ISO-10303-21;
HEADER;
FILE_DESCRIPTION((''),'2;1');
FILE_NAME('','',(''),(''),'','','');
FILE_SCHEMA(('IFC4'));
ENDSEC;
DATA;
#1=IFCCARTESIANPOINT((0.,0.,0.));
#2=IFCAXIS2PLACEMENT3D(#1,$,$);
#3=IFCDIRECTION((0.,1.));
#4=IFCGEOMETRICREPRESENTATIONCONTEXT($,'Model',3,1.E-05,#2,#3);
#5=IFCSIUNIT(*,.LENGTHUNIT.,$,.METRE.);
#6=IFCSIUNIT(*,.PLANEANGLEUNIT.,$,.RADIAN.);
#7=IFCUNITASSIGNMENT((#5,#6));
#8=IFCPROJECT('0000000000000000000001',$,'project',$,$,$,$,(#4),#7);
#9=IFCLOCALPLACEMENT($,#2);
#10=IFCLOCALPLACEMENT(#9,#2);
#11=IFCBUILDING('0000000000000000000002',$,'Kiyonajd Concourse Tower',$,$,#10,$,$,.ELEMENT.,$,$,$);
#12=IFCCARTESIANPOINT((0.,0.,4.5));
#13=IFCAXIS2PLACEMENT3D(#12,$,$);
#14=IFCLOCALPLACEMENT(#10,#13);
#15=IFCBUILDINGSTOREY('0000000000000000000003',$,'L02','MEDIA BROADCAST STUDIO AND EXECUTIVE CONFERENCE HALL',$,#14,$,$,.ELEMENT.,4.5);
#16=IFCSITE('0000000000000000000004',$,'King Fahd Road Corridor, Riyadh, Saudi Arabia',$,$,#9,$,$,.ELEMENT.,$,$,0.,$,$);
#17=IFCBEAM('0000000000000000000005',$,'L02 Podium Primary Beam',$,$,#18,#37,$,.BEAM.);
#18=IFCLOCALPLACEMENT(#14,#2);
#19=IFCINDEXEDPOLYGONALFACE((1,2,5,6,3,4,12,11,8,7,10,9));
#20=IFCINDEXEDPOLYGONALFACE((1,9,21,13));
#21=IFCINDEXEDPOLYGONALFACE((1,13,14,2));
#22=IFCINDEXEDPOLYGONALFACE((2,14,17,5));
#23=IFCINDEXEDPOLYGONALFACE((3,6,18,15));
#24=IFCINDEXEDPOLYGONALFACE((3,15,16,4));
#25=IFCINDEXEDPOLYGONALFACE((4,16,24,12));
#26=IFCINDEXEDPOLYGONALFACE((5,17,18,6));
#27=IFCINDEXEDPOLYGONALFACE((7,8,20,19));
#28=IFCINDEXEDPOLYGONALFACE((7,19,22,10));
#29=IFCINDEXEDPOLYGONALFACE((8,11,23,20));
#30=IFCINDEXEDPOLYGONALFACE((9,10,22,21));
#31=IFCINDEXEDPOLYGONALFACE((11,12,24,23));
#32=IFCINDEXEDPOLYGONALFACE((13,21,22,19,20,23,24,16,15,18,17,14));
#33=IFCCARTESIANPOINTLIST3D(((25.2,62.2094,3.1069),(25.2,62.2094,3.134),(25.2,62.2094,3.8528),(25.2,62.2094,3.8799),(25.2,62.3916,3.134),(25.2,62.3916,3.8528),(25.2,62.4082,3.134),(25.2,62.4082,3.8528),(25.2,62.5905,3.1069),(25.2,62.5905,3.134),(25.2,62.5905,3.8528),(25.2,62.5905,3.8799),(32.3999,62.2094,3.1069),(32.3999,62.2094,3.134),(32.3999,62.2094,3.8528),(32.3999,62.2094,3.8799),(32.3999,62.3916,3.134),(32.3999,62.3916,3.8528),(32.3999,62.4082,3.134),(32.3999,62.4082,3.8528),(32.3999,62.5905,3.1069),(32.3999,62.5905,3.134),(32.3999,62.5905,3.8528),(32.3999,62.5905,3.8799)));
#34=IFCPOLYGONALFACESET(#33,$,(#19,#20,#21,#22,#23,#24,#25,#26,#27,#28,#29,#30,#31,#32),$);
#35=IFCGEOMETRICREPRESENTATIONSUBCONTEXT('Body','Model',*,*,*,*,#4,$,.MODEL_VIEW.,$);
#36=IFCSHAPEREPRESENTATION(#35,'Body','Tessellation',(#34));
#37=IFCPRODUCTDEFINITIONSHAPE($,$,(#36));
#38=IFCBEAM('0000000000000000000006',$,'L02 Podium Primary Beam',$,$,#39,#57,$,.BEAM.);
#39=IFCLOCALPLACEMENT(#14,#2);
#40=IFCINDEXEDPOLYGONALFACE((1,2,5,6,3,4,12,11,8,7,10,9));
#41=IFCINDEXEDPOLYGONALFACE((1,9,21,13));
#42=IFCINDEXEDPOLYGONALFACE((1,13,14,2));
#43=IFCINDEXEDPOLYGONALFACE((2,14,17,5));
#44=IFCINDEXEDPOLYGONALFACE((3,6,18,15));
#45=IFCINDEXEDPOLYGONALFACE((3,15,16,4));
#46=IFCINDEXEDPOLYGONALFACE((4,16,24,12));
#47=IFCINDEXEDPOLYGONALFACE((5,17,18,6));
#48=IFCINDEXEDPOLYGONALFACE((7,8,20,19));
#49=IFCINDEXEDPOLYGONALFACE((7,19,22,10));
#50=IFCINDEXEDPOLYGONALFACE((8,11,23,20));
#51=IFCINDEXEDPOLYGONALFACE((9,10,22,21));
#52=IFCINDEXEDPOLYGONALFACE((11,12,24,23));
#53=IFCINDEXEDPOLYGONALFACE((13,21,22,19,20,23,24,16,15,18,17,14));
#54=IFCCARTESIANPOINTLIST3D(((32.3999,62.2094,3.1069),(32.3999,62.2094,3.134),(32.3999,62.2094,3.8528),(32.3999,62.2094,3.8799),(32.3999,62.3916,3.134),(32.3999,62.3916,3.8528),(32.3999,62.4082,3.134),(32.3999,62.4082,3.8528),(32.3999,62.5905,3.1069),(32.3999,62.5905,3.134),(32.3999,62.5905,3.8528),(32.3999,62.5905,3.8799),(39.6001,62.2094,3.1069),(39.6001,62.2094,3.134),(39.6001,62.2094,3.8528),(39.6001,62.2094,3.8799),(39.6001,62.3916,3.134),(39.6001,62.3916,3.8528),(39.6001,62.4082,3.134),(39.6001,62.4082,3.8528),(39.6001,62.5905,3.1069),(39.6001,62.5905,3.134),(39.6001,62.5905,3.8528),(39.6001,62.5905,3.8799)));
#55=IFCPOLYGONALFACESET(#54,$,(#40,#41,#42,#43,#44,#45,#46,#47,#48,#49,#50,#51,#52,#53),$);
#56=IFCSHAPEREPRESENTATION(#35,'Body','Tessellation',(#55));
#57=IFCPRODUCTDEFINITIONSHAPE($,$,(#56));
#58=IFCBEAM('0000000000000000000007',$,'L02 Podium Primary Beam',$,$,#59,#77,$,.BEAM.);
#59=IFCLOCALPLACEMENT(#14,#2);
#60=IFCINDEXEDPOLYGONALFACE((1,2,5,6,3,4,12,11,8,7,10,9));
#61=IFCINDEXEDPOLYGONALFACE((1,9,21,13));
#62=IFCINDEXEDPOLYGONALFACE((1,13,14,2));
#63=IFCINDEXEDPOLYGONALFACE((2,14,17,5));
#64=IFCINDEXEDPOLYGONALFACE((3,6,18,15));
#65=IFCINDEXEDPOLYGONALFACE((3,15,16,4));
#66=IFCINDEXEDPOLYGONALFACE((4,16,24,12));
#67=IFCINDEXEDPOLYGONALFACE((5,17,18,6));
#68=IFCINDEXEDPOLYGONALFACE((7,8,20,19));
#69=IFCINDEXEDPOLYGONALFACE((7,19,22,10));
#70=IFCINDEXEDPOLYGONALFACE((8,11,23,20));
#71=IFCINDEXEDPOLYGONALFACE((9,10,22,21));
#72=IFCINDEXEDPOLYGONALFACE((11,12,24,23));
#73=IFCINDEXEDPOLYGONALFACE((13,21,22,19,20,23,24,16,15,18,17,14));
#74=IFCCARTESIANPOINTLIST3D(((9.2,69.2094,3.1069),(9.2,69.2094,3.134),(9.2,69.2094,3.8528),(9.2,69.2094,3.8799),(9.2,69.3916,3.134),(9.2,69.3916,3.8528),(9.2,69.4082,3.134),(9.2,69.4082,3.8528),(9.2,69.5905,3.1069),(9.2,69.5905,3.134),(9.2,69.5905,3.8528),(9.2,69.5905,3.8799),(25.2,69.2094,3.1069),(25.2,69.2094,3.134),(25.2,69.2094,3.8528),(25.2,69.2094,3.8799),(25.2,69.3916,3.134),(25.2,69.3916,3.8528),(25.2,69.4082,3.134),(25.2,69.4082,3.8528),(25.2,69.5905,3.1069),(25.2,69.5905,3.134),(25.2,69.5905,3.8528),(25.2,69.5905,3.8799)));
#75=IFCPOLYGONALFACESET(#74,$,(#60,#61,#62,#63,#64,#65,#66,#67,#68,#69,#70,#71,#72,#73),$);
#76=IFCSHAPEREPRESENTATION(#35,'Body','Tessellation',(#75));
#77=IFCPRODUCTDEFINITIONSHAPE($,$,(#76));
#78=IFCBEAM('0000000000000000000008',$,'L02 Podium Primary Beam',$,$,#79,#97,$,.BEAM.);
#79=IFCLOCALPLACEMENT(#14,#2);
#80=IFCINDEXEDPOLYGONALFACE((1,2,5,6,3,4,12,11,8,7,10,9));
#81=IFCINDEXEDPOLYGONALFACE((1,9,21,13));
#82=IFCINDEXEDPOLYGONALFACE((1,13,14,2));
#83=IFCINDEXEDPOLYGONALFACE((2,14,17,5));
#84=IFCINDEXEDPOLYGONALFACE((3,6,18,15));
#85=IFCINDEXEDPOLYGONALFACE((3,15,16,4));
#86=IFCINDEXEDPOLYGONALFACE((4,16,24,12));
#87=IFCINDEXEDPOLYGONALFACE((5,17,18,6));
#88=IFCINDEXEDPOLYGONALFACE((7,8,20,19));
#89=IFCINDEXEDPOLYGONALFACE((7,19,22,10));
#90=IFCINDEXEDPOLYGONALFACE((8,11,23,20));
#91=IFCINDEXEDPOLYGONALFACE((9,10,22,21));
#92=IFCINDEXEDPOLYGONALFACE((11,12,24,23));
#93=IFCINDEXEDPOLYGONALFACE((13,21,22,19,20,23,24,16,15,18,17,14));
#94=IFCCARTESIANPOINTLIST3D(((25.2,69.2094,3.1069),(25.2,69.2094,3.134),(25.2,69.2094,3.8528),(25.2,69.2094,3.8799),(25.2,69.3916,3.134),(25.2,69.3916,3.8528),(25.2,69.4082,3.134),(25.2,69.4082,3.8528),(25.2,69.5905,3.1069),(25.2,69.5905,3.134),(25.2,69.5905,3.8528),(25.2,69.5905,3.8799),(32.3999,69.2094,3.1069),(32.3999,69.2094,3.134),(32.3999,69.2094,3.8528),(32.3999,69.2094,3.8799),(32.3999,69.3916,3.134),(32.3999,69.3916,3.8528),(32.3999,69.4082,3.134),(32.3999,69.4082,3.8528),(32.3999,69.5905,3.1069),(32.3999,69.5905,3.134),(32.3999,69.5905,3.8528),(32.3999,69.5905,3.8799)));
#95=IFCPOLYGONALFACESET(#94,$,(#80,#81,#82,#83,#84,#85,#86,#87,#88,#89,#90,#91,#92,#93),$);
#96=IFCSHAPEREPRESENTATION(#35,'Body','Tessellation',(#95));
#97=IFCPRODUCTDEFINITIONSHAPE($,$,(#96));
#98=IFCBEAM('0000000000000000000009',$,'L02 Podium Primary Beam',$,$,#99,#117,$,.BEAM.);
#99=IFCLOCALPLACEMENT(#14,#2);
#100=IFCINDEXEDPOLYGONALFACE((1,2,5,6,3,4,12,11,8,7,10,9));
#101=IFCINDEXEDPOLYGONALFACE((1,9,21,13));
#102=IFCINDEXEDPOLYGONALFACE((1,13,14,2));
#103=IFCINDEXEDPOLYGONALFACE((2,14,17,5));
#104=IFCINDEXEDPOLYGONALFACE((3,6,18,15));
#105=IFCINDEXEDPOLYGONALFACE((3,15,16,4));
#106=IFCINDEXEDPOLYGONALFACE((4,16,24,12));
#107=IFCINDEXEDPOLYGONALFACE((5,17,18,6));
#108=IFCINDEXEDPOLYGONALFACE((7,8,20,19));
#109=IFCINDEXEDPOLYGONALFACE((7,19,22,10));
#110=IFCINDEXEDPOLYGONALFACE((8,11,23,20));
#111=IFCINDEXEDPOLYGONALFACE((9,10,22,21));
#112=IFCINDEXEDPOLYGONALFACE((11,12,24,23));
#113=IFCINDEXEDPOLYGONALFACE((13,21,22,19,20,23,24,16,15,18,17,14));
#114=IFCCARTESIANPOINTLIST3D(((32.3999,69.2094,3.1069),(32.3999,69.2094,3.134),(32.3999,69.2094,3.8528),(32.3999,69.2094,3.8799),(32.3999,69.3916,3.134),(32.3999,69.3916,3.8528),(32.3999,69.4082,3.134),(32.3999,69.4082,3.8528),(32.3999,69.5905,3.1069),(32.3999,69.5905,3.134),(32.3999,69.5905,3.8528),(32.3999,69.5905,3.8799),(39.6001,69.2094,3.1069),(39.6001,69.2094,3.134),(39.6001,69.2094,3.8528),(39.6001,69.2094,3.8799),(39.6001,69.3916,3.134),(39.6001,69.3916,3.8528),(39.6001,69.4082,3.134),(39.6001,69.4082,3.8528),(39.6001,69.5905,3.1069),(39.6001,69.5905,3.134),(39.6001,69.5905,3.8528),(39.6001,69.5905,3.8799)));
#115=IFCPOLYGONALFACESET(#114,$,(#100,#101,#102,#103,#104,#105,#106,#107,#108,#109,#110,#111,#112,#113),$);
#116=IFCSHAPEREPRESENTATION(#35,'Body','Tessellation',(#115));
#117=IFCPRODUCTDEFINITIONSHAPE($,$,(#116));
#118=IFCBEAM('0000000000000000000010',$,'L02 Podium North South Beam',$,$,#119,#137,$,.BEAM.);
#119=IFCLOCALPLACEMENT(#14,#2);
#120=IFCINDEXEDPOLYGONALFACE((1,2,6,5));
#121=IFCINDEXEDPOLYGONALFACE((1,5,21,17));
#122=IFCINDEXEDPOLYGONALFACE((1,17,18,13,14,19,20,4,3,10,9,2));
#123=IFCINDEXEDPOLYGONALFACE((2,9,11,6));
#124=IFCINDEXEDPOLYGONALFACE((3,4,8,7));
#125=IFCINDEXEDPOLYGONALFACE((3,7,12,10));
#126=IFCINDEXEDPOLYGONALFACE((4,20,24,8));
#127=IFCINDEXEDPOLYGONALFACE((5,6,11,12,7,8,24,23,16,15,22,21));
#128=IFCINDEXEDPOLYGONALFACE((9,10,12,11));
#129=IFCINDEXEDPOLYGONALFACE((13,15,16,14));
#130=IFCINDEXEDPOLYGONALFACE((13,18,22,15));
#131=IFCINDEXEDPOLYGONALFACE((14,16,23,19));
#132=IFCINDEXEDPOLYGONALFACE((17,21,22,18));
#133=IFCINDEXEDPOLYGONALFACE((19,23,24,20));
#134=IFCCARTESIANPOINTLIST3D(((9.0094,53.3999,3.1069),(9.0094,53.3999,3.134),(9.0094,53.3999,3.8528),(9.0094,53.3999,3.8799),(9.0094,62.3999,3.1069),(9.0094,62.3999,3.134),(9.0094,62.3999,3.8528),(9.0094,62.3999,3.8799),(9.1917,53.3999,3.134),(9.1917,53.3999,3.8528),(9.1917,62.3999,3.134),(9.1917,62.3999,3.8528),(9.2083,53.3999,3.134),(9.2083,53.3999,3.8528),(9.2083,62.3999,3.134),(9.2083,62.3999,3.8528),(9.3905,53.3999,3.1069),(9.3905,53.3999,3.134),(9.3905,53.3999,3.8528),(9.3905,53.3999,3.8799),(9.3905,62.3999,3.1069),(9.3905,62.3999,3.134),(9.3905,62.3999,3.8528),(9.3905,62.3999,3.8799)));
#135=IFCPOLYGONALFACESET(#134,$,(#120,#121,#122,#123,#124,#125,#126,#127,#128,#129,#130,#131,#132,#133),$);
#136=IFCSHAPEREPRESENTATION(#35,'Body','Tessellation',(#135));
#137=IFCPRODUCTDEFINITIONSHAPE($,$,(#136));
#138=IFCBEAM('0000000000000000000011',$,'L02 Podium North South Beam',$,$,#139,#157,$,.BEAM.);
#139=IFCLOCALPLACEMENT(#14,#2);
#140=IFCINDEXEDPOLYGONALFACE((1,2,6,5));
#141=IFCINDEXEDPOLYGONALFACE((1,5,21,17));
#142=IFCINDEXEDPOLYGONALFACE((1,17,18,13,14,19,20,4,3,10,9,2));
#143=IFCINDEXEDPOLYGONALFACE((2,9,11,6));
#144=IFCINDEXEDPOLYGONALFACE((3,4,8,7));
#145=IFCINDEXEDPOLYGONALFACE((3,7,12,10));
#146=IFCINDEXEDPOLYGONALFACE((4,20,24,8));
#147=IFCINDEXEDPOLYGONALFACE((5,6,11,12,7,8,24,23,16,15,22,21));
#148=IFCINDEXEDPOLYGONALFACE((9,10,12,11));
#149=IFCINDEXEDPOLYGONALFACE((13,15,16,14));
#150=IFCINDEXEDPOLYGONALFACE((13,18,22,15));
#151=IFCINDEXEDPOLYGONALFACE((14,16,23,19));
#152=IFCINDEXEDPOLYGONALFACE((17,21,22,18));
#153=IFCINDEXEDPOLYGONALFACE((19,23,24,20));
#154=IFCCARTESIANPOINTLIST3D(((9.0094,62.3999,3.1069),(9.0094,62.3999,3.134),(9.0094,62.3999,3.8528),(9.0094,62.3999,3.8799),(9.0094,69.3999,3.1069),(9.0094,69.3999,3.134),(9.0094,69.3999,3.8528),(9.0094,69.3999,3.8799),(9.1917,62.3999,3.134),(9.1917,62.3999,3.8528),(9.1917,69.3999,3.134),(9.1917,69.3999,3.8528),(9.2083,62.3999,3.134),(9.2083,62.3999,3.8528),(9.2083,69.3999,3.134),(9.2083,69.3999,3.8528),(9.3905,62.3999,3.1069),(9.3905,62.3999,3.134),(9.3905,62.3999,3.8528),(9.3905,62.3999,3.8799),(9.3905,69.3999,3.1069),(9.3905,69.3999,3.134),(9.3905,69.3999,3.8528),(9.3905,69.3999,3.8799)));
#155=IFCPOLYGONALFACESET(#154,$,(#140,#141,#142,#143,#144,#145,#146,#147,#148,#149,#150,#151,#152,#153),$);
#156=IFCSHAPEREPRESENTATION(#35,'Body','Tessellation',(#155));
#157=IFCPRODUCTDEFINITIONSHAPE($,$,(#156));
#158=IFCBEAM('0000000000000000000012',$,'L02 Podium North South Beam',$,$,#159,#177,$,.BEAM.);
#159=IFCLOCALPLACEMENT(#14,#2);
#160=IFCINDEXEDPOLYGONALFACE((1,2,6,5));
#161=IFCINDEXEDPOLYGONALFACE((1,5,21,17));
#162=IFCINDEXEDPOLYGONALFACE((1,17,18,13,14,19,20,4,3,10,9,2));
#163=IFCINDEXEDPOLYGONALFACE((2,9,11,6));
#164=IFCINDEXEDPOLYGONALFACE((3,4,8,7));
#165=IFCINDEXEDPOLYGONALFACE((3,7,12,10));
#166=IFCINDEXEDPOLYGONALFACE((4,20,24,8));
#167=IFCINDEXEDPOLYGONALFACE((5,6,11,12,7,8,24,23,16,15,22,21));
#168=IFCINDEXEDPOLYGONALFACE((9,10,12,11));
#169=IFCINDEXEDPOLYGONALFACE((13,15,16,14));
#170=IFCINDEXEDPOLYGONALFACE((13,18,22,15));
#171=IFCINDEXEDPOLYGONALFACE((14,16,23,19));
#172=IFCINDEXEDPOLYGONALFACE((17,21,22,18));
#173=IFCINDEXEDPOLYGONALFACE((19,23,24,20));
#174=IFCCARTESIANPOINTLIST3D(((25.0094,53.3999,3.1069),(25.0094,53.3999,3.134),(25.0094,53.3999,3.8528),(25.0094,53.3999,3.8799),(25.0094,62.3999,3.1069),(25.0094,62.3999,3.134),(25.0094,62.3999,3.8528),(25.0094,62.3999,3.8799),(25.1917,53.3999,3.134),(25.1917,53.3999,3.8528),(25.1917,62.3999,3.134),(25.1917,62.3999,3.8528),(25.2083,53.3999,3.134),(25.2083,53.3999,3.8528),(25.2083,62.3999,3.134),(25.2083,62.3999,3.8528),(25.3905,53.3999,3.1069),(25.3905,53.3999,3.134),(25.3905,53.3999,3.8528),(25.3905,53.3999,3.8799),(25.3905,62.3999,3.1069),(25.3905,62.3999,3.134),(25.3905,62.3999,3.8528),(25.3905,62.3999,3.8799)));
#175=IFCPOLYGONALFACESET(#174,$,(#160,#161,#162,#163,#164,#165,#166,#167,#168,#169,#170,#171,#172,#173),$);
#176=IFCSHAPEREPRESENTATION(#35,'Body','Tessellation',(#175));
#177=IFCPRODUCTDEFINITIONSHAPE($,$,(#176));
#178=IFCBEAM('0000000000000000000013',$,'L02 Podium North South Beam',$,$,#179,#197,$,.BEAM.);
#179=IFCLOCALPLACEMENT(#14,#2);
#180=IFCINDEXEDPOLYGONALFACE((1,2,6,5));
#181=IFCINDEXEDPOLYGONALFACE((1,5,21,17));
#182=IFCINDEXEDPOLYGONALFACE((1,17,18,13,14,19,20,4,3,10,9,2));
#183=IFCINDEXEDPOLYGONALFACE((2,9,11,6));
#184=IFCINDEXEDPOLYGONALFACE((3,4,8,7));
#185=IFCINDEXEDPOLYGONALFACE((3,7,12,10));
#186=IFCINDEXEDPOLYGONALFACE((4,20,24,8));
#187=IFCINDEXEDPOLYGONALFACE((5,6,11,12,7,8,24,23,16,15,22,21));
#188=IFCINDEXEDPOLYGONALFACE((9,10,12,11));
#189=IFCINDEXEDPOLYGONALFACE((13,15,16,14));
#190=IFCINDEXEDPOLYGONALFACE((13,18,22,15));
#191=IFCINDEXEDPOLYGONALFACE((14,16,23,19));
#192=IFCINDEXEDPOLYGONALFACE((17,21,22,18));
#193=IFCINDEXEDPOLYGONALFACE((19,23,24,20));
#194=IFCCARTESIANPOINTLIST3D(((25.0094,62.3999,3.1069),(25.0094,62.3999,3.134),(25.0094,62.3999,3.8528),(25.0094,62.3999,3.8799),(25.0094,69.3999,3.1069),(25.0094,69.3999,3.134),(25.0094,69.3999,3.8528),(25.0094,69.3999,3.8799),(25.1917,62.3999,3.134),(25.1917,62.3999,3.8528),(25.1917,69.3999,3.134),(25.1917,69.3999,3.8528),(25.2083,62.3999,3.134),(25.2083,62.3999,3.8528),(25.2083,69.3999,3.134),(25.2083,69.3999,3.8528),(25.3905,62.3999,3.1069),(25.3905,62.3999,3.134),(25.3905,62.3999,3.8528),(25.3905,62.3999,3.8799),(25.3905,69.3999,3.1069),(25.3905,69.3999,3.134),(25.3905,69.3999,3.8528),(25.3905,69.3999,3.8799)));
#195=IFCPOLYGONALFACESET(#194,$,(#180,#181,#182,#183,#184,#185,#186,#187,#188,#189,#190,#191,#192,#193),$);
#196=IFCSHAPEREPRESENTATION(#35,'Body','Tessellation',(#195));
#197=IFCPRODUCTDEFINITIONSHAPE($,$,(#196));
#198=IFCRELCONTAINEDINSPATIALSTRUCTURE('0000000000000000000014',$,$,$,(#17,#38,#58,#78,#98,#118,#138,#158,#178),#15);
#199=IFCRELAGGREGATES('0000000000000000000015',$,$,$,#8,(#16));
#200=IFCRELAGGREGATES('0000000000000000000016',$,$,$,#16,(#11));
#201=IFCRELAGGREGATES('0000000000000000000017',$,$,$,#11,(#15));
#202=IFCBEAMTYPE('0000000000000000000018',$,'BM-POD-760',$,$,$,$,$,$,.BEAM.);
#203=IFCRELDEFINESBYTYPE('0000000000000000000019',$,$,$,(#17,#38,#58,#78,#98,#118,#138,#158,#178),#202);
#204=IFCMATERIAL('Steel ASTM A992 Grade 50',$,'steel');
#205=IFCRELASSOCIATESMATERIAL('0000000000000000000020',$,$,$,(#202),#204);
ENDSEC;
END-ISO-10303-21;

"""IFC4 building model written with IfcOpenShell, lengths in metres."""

from ifc_helpers import new_model, si_unit, direction, frame, origin, origin_2d, place, context, subcontext, project, spatial, i_section, extrude, material, material_profile, profile_set, type_object, element, save


model = new_model("IFC4")

# Units and contexts
model_context = context("Model", 3, precision=1e-05, world=origin(), true_north=direction((0.0, 1.0)))
body_context = subcontext(model_context, "Body", "Model", "MODEL_VIEW")
ifc_project = project(units=[si_unit("LENGTHUNIT", "METRE"), si_unit("PLANEANGLEUNIT", "RADIAN")], contexts=[model_context])

# Site, building, storey
site_placement = place(None, origin())
site = spatial("IfcSite", under=ifc_project, at=site_placement, Name="King Fahd Road Corridor, Riyadh, Saudi Arabia", CompositionType="ELEMENT", RefElevation=0.0)
building_placement = place(site_placement, origin())
building = spatial("IfcBuilding", under=site, at=building_placement, Name="Kiyonajd Concourse Tower", CompositionType="ELEMENT")
storey_placement = place(building_placement, frame((0.0, 0.0, 4.5)))
storey = spatial("IfcBuildingStorey", under=building, at=storey_placement, Name="L02", Description="MEDIA BROADCAST STUDIO AND EXECUTIVE CONFERENCE HALL", CompositionType="ELEMENT", Elevation=4.5)

# Beams
ifc_material_1 = material(Name="Steel ASTM A992 Grade 50", Category="steel")
ifc_material_profile_1 = material_profile(ifc_material_1, i_section(OverallWidth=0.3811, OverallDepth=0.7729, WebThickness=0.0166, FlangeThickness=0.0271, at=origin_2d()), Name="W760X257")
ifc_profile_set_1 = profile_set([ifc_material_profile_1], Name="Steel ASTM A992 Grade 50")
beam_type_1 = type_object("IfcBeamType", Name="BM-POD-760", PredefinedType="BEAM", material=ifc_profile_set_1)
beam_1_placement = place(storey_placement, frame((25.2, 62.3999, 3.4934), z_axis=(1.0, 0.0, 0.0), x_axis=(0.0, 1.0, 0.0)))
element("IfcBeam", 1, at=beam_1_placement, inside=storey, type_object=beam_type_1, Name="L02 Podium Primary Beam", PredefinedType="BEAM", context=body_context, shape_type="SweptSolid", body=[
    extrude(i_section(OverallWidth=0.3811, OverallDepth=0.7729, WebThickness=0.0166, FlangeThickness=0.0271, at=origin_2d()), origin(), (0.0, 0.0, 1.0), 7.2),
])
beam_2_placement = place(storey_placement, frame((32.3999, 62.3999, 3.4934), z_axis=(1.0, 0.0, 0.0), x_axis=(0.0, 1.0, 0.0)))
element("IfcBeam", 2, at=beam_2_placement, inside=storey, type_object=beam_type_1, Name="L02 Podium Primary Beam", PredefinedType="BEAM", context=body_context, shape_type="SweptSolid", body=[
    extrude(i_section(OverallWidth=0.3811, OverallDepth=0.7729, WebThickness=0.0166, FlangeThickness=0.0271, at=origin_2d()), origin(), (0.0, 0.0, 1.0), 7.2002),
])
beam_3_placement = place(storey_placement, frame((9.2, 69.3999, 3.4934), z_axis=(1.0, 0.0, 0.0), x_axis=(0.0, 1.0, 0.0)))
element("IfcBeam", 3, at=beam_3_placement, inside=storey, type_object=beam_type_1, Name="L02 Podium Primary Beam", PredefinedType="BEAM", context=body_context, shape_type="SweptSolid", body=[
    extrude(i_section(OverallWidth=0.3811, OverallDepth=0.7729, WebThickness=0.0166, FlangeThickness=0.0271, at=origin_2d()), origin(), (0.0, 0.0, 1.0), 16.0),
])
beam_4_placement = place(storey_placement, frame((25.2, 69.3999, 3.4934), z_axis=(1.0, 0.0, 0.0), x_axis=(0.0, 1.0, 0.0)))
element("IfcBeam", 4, at=beam_4_placement, inside=storey, type_object=beam_type_1, Name="L02 Podium Primary Beam", PredefinedType="BEAM", context=body_context, shape_type="SweptSolid", body=[
    extrude(i_section(OverallWidth=0.3811, OverallDepth=0.7729, WebThickness=0.0166, FlangeThickness=0.0271, at=origin_2d()), origin(), (0.0, 0.0, 1.0), 7.2),
])
beam_5_placement = place(storey_placement, frame((32.3999, 69.3999, 3.4934), z_axis=(1.0, 0.0, 0.0), x_axis=(0.0, 1.0, 0.0)))
element("IfcBeam", 5, at=beam_5_placement, inside=storey, type_object=beam_type_1, Name="L02 Podium Primary Beam", PredefinedType="BEAM", context=body_context, shape_type="SweptSolid", body=[
    extrude(i_section(OverallWidth=0.3811, OverallDepth=0.7729, WebThickness=0.0166, FlangeThickness=0.0271, at=origin_2d()), origin(), (0.0, 0.0, 1.0), 7.2002),
])
beam_6_placement = place(storey_placement, frame((9.2, 53.3999, 3.4934), z_axis=(0.0, 1.0, 0.0), x_axis=(-1.0, 0.0, 0.0)))
element("IfcBeam", 6, at=beam_6_placement, inside=storey, type_object=beam_type_1, Name="L02 Podium North South Beam", PredefinedType="BEAM", context=body_context, shape_type="SweptSolid", body=[
    extrude(i_section(OverallWidth=0.3811, OverallDepth=0.7729, WebThickness=0.0166, FlangeThickness=0.0271, at=origin_2d()), origin(), (0.0, 0.0, 1.0), 9.0),
])
beam_7_placement = place(storey_placement, frame((9.2, 62.3999, 3.4934), z_axis=(0.0, 1.0, 0.0), x_axis=(-1.0, 0.0, 0.0)))
element("IfcBeam", 7, at=beam_7_placement, inside=storey, type_object=beam_type_1, Name="L02 Podium North South Beam", PredefinedType="BEAM", context=body_context, shape_type="SweptSolid", body=[
    extrude(i_section(OverallWidth=0.3811, OverallDepth=0.7729, WebThickness=0.0166, FlangeThickness=0.0271, at=origin_2d()), origin(), (0.0, 0.0, 1.0), 7.0),
])
beam_8_placement = place(storey_placement, frame((25.2, 53.3999, 3.4934), z_axis=(0.0, 1.0, 0.0), x_axis=(-1.0, 0.0, 0.0)))
element("IfcBeam", 8, at=beam_8_placement, inside=storey, type_object=beam_type_1, Name="L02 Podium North South Beam", PredefinedType="BEAM", context=body_context, shape_type="SweptSolid", body=[
    extrude(i_section(OverallWidth=0.3811, OverallDepth=0.7729, WebThickness=0.0166, FlangeThickness=0.0271, at=origin_2d()), origin(), (0.0, 0.0, 1.0), 9.0),
])
beam_9_placement = place(storey_placement, frame((25.2, 62.3999, 3.4934), z_axis=(0.0, 1.0, 0.0), x_axis=(-1.0, 0.0, 0.0)))
element("IfcBeam", 9, at=beam_9_placement, inside=storey, type_object=beam_type_1, Name="L02 Podium North South Beam", PredefinedType="BEAM", context=body_context, shape_type="SweptSolid", body=[
    extrude(i_section(OverallWidth=0.3811, OverallDepth=0.7729, WebThickness=0.0166, FlangeThickness=0.0271, at=origin_2d()), origin(), (0.0, 0.0, 1.0), 7.0),
])

save(model, "model.ifc")
